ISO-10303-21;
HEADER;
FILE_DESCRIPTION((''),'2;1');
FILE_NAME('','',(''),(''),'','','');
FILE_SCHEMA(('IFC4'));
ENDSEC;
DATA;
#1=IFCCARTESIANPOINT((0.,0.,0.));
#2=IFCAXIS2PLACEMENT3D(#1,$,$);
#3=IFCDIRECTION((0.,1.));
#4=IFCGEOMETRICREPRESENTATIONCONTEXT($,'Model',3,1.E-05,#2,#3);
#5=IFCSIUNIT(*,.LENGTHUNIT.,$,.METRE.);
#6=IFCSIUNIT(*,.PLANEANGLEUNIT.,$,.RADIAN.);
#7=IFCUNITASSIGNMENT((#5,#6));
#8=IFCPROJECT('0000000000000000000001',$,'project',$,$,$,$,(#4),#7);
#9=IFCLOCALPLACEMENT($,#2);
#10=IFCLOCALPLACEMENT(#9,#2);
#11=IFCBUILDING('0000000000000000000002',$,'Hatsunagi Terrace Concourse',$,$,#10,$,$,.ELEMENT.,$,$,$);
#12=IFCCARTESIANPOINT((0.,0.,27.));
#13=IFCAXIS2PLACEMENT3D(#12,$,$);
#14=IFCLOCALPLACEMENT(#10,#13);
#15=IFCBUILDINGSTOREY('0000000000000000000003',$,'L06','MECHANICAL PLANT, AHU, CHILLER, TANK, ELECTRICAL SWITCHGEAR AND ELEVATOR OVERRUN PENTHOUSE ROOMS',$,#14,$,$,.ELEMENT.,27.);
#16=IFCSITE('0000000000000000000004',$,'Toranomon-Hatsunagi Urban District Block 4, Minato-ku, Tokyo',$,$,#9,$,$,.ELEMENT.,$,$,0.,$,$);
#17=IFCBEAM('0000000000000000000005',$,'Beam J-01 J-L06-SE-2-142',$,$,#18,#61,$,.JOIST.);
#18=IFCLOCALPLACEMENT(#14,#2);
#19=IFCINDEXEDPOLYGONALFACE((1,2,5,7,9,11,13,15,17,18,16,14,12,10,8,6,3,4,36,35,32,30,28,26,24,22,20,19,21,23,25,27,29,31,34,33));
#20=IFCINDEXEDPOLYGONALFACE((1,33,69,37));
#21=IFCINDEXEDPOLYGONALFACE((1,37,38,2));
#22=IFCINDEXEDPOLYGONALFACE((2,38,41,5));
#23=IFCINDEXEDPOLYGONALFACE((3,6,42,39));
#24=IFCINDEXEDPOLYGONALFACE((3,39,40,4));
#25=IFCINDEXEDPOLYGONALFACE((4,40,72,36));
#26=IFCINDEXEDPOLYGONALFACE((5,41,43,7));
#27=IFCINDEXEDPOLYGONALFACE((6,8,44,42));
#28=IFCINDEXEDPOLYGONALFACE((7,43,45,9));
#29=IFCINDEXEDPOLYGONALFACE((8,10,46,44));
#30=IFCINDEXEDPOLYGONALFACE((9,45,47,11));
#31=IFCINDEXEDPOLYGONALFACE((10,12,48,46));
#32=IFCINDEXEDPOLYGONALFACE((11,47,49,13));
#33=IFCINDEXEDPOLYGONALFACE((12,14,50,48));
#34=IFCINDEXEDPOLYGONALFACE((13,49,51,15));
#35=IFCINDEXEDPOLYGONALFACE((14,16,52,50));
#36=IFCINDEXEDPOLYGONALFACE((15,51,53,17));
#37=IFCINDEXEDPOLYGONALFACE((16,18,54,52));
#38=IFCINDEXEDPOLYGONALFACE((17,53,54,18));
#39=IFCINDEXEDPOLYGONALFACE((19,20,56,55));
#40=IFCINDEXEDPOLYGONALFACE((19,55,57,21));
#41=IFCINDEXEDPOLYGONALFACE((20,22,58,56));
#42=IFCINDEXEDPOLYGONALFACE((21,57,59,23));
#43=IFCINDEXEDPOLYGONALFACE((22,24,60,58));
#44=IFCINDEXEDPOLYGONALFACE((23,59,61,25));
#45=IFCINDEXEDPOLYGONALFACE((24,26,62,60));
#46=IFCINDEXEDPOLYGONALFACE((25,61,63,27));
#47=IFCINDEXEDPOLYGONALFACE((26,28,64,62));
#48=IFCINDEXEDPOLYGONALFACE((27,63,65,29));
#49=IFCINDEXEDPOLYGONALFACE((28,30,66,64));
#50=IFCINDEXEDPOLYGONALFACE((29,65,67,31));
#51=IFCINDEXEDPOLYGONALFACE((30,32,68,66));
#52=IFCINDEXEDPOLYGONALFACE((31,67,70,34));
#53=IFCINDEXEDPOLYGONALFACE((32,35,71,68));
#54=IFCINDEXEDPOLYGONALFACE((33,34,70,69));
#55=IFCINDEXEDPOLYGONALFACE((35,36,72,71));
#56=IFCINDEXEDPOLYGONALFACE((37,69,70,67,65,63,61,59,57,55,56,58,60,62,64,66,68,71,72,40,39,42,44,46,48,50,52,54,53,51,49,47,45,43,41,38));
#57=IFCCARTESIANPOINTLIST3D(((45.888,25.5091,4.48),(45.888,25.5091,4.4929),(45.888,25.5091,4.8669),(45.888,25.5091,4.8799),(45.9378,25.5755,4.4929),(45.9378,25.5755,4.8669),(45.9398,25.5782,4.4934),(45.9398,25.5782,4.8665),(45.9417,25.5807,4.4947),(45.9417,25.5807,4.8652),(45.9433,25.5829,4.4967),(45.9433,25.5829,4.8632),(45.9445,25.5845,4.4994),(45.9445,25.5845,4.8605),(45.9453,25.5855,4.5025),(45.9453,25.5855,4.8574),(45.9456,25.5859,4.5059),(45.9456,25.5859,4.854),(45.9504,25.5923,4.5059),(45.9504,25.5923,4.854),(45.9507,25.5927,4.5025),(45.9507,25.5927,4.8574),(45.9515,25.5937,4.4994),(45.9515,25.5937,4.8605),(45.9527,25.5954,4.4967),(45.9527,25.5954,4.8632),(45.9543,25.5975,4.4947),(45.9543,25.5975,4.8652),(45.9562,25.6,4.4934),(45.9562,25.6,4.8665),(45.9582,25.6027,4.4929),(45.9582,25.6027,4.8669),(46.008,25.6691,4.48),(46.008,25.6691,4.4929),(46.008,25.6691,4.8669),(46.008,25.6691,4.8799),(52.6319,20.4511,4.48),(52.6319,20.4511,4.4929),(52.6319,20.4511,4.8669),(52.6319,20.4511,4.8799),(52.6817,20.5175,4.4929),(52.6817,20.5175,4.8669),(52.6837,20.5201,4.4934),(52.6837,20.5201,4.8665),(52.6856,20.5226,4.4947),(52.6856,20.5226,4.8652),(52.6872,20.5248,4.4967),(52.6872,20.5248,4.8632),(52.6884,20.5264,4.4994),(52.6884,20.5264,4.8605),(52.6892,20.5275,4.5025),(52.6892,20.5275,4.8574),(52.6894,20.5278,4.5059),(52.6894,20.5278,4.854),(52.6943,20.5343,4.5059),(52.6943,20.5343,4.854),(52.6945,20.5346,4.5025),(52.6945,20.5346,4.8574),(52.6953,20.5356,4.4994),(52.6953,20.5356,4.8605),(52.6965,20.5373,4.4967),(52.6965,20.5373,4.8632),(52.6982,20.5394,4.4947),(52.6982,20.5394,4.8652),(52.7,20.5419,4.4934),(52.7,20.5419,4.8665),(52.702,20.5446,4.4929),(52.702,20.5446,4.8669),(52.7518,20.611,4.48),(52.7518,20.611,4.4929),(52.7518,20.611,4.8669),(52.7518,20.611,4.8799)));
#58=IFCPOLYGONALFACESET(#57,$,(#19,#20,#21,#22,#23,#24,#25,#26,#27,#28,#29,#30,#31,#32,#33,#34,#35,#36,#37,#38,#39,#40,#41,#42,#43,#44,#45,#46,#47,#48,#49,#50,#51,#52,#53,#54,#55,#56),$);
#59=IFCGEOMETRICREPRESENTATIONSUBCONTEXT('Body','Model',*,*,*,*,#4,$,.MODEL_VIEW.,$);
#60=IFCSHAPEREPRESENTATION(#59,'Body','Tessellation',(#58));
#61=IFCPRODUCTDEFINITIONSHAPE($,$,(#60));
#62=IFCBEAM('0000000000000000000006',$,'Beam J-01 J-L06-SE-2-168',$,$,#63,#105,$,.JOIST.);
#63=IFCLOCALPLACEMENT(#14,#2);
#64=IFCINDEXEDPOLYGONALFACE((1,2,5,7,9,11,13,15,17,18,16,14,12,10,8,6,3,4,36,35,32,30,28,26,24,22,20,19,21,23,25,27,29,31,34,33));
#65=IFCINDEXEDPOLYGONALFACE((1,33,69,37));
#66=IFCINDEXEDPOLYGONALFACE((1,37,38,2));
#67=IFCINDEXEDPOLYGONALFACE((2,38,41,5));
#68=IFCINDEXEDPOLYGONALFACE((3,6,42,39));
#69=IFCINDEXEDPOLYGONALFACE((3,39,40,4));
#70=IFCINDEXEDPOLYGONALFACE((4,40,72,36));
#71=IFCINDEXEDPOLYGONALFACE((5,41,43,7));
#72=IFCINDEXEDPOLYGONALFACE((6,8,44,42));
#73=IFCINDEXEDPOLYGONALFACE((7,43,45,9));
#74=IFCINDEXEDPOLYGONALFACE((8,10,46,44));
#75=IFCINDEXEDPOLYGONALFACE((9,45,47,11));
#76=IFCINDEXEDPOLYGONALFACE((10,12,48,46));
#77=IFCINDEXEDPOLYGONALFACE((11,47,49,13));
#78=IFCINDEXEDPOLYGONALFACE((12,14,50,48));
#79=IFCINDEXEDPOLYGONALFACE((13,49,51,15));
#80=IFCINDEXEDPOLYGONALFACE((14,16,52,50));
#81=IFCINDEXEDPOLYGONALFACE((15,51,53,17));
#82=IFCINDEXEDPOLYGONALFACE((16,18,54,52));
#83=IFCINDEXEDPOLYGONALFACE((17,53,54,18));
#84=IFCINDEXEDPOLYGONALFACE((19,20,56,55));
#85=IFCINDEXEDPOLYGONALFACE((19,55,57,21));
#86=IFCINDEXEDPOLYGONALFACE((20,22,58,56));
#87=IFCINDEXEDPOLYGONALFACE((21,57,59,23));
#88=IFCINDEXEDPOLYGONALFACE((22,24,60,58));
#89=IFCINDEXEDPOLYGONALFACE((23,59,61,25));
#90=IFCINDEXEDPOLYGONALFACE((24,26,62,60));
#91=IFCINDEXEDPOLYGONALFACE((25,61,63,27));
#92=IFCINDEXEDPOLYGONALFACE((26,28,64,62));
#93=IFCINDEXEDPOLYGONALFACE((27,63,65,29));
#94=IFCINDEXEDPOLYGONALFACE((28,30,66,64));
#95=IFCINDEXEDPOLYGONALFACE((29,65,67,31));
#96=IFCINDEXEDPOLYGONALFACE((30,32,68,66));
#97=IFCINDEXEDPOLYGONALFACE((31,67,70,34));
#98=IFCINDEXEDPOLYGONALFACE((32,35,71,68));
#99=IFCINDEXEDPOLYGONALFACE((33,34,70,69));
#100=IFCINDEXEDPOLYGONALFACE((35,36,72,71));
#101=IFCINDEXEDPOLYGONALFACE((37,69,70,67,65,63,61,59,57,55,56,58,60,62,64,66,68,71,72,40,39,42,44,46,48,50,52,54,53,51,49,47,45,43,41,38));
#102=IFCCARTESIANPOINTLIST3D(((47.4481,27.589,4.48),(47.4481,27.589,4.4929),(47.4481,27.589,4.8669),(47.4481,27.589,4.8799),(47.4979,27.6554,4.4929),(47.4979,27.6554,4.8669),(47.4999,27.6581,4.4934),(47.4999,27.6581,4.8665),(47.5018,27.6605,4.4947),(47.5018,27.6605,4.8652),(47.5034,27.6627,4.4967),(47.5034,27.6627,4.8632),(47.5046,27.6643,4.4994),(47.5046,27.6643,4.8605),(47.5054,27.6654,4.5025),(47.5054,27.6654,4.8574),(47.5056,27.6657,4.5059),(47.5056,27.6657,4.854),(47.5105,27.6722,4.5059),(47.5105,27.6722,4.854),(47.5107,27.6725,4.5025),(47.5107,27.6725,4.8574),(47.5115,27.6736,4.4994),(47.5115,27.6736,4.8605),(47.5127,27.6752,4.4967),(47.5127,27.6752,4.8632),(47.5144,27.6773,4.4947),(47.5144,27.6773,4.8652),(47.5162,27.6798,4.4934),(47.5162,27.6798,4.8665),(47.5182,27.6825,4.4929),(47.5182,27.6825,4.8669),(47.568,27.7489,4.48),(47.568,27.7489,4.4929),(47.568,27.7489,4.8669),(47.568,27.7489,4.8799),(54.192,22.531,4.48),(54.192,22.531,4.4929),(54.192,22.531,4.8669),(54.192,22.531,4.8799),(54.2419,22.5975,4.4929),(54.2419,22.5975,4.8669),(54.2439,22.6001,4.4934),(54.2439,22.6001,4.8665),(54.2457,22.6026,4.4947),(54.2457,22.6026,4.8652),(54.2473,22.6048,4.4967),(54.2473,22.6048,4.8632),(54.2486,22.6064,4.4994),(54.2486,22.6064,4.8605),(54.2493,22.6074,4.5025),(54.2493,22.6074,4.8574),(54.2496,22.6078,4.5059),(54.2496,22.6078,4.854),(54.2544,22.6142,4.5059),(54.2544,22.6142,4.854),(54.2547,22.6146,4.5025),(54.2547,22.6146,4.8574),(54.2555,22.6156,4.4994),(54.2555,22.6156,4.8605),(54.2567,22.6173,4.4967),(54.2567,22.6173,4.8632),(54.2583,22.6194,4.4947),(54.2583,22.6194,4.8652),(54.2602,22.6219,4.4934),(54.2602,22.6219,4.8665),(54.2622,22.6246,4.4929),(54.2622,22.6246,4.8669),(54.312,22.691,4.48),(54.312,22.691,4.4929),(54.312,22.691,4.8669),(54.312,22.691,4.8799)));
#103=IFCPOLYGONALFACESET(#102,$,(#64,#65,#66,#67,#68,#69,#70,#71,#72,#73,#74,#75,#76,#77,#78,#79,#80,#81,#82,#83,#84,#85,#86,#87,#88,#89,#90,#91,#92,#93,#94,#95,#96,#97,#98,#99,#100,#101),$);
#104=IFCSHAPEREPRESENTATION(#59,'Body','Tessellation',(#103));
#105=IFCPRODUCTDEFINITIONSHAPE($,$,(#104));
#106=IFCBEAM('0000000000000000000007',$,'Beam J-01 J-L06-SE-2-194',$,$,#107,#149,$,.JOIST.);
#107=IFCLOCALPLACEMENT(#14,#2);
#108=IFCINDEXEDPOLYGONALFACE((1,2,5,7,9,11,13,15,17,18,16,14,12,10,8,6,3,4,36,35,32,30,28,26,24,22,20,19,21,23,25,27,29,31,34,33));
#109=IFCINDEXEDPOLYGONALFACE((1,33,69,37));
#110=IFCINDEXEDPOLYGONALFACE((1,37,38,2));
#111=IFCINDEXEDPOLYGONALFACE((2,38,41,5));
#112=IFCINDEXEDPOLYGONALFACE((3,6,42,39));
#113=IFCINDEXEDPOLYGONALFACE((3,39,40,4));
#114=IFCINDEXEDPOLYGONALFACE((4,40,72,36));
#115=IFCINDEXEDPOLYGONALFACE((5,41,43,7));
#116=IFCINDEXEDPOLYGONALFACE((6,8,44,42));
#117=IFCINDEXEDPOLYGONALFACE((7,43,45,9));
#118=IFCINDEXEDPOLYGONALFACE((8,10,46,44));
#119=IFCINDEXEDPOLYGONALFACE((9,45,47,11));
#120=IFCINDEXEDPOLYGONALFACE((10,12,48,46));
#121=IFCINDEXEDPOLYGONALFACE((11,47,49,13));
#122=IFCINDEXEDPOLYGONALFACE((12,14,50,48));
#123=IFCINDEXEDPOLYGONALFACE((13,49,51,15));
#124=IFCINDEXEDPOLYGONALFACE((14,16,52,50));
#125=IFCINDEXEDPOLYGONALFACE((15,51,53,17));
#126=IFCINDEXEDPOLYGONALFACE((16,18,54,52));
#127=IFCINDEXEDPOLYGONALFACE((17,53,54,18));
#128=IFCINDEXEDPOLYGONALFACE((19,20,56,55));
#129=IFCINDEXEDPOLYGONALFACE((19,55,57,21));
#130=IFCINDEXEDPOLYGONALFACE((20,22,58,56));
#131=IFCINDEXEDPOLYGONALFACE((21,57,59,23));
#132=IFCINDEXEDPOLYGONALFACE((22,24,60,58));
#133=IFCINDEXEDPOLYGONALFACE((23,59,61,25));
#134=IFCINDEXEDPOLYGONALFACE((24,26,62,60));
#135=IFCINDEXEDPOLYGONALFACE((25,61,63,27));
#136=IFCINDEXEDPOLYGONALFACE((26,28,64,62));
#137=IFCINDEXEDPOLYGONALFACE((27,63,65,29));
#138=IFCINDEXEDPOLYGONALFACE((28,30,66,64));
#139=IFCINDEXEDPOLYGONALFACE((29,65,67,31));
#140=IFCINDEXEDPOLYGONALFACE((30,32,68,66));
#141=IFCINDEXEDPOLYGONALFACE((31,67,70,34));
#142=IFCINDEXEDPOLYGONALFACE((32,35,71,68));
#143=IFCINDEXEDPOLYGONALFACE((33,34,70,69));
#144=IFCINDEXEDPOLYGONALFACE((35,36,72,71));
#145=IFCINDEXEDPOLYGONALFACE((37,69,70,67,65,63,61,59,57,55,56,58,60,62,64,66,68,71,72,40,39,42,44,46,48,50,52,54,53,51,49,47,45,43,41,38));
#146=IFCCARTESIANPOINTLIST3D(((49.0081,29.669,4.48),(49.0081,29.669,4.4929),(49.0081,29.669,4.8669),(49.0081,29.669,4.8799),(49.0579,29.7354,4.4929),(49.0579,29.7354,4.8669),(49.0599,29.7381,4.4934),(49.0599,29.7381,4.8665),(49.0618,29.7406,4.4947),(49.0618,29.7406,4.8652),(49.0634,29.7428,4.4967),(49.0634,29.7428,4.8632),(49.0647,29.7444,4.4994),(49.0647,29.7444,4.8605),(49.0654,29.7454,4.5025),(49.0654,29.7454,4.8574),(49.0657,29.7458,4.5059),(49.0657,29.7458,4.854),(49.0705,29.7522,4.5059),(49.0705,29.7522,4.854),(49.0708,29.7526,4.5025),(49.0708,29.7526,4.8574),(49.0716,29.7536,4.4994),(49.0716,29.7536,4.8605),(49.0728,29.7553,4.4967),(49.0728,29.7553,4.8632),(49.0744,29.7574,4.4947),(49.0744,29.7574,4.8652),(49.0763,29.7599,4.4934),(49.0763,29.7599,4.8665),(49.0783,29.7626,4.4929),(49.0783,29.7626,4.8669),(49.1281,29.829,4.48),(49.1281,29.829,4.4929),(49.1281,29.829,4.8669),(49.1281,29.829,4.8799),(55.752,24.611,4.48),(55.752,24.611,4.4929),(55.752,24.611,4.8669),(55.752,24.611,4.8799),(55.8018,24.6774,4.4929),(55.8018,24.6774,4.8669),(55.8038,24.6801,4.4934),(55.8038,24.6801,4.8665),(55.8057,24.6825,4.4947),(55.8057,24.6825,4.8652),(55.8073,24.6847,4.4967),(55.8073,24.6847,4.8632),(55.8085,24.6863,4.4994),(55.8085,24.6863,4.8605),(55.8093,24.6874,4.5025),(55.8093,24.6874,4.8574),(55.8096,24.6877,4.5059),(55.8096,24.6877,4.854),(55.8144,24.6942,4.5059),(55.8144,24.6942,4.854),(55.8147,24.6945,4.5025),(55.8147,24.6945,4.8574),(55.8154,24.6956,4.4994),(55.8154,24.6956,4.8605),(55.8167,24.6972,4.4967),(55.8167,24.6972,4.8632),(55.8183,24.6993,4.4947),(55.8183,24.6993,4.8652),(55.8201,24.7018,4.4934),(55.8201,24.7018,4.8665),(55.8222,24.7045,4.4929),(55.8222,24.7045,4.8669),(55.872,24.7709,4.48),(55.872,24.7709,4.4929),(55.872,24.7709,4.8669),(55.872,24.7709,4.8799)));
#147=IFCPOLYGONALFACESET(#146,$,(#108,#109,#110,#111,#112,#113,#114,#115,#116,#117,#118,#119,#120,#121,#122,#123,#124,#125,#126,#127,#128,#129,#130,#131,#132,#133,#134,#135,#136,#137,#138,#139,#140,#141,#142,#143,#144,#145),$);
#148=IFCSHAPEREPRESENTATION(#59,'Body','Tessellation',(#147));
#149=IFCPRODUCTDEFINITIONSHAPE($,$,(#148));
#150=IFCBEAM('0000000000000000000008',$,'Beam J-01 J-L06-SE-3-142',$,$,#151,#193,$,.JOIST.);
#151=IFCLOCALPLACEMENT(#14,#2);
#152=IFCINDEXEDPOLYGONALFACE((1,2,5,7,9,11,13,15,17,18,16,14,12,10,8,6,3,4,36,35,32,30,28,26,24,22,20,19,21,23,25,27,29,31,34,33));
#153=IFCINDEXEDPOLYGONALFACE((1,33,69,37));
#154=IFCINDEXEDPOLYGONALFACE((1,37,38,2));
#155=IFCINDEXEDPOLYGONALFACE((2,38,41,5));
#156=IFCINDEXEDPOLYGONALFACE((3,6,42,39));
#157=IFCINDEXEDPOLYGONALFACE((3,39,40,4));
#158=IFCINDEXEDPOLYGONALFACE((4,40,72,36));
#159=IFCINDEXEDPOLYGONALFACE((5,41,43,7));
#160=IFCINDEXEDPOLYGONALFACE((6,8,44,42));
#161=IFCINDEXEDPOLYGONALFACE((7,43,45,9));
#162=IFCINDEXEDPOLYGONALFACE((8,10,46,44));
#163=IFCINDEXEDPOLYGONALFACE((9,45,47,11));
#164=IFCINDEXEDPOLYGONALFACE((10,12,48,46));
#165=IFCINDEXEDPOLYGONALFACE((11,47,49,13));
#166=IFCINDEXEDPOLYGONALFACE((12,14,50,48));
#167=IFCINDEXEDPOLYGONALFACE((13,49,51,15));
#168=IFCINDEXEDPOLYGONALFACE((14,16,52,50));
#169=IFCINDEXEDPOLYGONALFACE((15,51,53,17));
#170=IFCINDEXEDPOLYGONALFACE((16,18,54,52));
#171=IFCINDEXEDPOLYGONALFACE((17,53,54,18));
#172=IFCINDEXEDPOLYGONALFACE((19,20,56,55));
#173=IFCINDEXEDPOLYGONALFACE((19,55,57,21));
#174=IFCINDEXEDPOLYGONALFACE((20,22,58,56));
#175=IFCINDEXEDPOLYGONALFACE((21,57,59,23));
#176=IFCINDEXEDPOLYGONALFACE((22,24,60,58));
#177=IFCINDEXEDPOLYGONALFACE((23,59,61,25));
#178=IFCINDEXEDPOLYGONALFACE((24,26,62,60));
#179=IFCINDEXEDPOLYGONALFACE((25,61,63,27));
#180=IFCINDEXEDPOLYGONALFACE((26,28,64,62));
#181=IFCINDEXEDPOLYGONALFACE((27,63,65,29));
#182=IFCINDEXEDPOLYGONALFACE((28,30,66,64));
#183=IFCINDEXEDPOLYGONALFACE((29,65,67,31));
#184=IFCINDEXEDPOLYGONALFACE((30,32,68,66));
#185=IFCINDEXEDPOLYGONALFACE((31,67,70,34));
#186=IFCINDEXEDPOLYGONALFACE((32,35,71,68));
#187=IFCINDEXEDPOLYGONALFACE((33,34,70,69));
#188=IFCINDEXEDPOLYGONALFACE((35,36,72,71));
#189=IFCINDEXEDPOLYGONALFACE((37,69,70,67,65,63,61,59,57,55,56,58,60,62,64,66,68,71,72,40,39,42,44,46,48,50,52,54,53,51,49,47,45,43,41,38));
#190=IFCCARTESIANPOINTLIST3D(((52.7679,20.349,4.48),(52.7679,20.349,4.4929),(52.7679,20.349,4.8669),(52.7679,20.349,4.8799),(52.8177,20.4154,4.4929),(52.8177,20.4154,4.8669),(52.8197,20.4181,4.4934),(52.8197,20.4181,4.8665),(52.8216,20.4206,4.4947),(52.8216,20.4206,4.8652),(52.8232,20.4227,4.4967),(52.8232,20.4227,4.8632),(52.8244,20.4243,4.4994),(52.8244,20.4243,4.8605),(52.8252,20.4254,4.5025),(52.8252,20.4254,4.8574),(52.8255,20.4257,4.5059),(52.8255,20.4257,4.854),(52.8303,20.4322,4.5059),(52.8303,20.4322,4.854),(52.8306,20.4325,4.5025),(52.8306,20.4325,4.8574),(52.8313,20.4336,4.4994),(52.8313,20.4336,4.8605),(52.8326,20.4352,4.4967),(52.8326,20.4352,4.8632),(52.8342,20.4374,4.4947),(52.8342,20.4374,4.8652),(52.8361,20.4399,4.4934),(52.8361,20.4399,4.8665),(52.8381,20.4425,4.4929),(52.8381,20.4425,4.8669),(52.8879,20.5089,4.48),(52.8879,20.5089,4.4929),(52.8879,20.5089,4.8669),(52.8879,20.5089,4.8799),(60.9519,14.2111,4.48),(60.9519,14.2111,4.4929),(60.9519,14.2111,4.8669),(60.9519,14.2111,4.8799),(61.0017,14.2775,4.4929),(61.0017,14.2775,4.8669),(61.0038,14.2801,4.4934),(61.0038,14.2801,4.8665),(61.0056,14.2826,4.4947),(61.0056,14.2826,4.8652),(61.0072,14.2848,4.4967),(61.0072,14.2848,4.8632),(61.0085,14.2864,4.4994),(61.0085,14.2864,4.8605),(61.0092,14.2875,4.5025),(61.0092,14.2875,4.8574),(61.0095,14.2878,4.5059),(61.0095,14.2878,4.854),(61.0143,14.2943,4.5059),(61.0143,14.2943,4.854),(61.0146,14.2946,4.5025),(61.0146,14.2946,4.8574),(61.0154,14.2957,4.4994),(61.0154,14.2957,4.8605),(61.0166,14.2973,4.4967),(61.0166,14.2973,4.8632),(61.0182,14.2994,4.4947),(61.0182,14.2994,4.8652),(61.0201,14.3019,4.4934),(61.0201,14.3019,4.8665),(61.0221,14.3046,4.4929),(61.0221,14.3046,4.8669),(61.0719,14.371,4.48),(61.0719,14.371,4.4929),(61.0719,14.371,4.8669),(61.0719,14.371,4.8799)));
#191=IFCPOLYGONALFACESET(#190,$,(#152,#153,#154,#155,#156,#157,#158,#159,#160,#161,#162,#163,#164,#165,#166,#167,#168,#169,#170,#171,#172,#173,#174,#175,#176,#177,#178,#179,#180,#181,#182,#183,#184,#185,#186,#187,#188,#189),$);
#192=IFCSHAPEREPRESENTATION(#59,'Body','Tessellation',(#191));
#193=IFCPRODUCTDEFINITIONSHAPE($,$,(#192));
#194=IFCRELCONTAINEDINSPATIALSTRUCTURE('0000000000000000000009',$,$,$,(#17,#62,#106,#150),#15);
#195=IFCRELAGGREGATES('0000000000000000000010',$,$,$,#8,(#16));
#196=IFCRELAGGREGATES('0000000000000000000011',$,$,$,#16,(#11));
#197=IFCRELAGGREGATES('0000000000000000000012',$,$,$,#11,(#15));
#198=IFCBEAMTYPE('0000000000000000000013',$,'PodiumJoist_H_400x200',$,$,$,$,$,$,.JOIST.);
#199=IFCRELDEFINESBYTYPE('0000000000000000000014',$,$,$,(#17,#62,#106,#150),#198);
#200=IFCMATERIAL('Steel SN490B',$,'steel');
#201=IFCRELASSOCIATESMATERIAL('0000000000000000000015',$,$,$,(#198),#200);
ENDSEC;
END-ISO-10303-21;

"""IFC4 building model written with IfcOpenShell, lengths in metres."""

from ifc_helpers import new_model, si_unit, direction, frame, origin, origin_2d, place, context, subcontext, project, spatial, i_section, extrude, material, material_profile, profile_set, type_object, element, save


model = new_model("IFC4")

# Units and contexts
model_context = context("Model", 3, precision=1e-05, world=origin(), true_north=direction((0.0, 1.0)))
body_context = subcontext(model_context, "Body", "Model", "MODEL_VIEW")
ifc_project = project(units=[si_unit("LENGTHUNIT", "METRE"), si_unit("PLANEANGLEUNIT", "RADIAN")], contexts=[model_context])

# Site, building, storey
site_placement = place(None, origin())
site = spatial("IfcSite", under=ifc_project, at=site_placement, Name="Toranomon-Hatsunagi Urban District Block 4, Minato-ku, Tokyo", CompositionType="ELEMENT", RefElevation=0.0)
building_placement = place(site_placement, origin())
building = spatial("IfcBuilding", under=site, at=building_placement, Name="Hatsunagi Terrace Concourse", CompositionType="ELEMENT")
storey_placement = place(building_placement, frame((0.0, 0.0, 27.0)))
storey = spatial("IfcBuildingStorey", under=building, at=storey_placement, Name="L06", Description="MECHANICAL PLANT, AHU, CHILLER, TANK, ELECTRICAL SWITCHGEAR AND ELEVATOR OVERRUN PENTHOUSE ROOMS", CompositionType="ELEMENT", Elevation=27.0)

# Beams
ifc_material_1 = material(Name="Steel SN490B", Category="steel")
ifc_material_profile_1 = material_profile(ifc_material_1, i_section(OverallWidth=0.2, OverallDepth=0.3999, WebThickness=0.0081, FlangeThickness=0.0129, FilletRadius=0.0129, at=origin_2d()), Name="H-400x200x8x13")
ifc_profile_set_1 = profile_set([ifc_material_profile_1], Name="Steel SN490B")
beam_type_1 = type_object("IfcBeamType", Name="PodiumJoist_H_400x200", PredefinedType="JOIST", material=ifc_profile_set_1)
for number, where, z_axis, x_axis, name in (
    (1, (45.948, 25.5891, 4.6799), (0.79999, -0.600014, 0.0), (0.600014, 0.79999, 0.0), "Beam J-01 J-L06-SE-2-142"),
    (2, (47.5081, 27.6689, 4.6799), (0.800003, -0.599995, 0.0), (0.599995, 0.800003, 0.0), "Beam J-01 J-L06-SE-2-168"),
    (3, (49.0681, 29.749, 4.6799), (0.79999, -0.600014, 0.0), (0.600014, 0.79999, 0.0), "Beam J-01 J-L06-SE-2-194"),
):
    element("IfcBeam", number, at=place(storey_placement, frame(where, z_axis=z_axis, x_axis=x_axis)), inside=storey, type_object=beam_type_1, Name=name, PredefinedType="JOIST", context=body_context, shape_type="SweptSolid", body=[
        extrude(i_section(OverallWidth=0.2, OverallDepth=0.3999, WebThickness=0.0081, FlangeThickness=0.0129, FilletRadius=0.0129, at=origin_2d()), origin(), (0.0, 0.0, 1.0), 8.4299),
    ])
for number, where, z_axis, x_axis, name in (
    (4, (52.8279, 20.429, 4.6799), (0.800006, -0.599992, 0.0), (0.599992, 0.800006, 0.0), "Beam J-01 J-L06-SE-3-142"),
):
    element("IfcBeam", number, at=place(storey_placement, frame(where, z_axis=z_axis, x_axis=x_axis)), inside=storey, type_object=beam_type_1, Name=name, PredefinedType="JOIST", context=body_context, shape_type="SweptSolid", body=[
        extrude(i_section(OverallWidth=0.2, OverallDepth=0.3999, WebThickness=0.0081, FlangeThickness=0.0129, FilletRadius=0.0129, at=origin_2d()), origin(), (0.0, 0.0, 1.0), 10.23),
    ])

save(model, "model.ifc")
